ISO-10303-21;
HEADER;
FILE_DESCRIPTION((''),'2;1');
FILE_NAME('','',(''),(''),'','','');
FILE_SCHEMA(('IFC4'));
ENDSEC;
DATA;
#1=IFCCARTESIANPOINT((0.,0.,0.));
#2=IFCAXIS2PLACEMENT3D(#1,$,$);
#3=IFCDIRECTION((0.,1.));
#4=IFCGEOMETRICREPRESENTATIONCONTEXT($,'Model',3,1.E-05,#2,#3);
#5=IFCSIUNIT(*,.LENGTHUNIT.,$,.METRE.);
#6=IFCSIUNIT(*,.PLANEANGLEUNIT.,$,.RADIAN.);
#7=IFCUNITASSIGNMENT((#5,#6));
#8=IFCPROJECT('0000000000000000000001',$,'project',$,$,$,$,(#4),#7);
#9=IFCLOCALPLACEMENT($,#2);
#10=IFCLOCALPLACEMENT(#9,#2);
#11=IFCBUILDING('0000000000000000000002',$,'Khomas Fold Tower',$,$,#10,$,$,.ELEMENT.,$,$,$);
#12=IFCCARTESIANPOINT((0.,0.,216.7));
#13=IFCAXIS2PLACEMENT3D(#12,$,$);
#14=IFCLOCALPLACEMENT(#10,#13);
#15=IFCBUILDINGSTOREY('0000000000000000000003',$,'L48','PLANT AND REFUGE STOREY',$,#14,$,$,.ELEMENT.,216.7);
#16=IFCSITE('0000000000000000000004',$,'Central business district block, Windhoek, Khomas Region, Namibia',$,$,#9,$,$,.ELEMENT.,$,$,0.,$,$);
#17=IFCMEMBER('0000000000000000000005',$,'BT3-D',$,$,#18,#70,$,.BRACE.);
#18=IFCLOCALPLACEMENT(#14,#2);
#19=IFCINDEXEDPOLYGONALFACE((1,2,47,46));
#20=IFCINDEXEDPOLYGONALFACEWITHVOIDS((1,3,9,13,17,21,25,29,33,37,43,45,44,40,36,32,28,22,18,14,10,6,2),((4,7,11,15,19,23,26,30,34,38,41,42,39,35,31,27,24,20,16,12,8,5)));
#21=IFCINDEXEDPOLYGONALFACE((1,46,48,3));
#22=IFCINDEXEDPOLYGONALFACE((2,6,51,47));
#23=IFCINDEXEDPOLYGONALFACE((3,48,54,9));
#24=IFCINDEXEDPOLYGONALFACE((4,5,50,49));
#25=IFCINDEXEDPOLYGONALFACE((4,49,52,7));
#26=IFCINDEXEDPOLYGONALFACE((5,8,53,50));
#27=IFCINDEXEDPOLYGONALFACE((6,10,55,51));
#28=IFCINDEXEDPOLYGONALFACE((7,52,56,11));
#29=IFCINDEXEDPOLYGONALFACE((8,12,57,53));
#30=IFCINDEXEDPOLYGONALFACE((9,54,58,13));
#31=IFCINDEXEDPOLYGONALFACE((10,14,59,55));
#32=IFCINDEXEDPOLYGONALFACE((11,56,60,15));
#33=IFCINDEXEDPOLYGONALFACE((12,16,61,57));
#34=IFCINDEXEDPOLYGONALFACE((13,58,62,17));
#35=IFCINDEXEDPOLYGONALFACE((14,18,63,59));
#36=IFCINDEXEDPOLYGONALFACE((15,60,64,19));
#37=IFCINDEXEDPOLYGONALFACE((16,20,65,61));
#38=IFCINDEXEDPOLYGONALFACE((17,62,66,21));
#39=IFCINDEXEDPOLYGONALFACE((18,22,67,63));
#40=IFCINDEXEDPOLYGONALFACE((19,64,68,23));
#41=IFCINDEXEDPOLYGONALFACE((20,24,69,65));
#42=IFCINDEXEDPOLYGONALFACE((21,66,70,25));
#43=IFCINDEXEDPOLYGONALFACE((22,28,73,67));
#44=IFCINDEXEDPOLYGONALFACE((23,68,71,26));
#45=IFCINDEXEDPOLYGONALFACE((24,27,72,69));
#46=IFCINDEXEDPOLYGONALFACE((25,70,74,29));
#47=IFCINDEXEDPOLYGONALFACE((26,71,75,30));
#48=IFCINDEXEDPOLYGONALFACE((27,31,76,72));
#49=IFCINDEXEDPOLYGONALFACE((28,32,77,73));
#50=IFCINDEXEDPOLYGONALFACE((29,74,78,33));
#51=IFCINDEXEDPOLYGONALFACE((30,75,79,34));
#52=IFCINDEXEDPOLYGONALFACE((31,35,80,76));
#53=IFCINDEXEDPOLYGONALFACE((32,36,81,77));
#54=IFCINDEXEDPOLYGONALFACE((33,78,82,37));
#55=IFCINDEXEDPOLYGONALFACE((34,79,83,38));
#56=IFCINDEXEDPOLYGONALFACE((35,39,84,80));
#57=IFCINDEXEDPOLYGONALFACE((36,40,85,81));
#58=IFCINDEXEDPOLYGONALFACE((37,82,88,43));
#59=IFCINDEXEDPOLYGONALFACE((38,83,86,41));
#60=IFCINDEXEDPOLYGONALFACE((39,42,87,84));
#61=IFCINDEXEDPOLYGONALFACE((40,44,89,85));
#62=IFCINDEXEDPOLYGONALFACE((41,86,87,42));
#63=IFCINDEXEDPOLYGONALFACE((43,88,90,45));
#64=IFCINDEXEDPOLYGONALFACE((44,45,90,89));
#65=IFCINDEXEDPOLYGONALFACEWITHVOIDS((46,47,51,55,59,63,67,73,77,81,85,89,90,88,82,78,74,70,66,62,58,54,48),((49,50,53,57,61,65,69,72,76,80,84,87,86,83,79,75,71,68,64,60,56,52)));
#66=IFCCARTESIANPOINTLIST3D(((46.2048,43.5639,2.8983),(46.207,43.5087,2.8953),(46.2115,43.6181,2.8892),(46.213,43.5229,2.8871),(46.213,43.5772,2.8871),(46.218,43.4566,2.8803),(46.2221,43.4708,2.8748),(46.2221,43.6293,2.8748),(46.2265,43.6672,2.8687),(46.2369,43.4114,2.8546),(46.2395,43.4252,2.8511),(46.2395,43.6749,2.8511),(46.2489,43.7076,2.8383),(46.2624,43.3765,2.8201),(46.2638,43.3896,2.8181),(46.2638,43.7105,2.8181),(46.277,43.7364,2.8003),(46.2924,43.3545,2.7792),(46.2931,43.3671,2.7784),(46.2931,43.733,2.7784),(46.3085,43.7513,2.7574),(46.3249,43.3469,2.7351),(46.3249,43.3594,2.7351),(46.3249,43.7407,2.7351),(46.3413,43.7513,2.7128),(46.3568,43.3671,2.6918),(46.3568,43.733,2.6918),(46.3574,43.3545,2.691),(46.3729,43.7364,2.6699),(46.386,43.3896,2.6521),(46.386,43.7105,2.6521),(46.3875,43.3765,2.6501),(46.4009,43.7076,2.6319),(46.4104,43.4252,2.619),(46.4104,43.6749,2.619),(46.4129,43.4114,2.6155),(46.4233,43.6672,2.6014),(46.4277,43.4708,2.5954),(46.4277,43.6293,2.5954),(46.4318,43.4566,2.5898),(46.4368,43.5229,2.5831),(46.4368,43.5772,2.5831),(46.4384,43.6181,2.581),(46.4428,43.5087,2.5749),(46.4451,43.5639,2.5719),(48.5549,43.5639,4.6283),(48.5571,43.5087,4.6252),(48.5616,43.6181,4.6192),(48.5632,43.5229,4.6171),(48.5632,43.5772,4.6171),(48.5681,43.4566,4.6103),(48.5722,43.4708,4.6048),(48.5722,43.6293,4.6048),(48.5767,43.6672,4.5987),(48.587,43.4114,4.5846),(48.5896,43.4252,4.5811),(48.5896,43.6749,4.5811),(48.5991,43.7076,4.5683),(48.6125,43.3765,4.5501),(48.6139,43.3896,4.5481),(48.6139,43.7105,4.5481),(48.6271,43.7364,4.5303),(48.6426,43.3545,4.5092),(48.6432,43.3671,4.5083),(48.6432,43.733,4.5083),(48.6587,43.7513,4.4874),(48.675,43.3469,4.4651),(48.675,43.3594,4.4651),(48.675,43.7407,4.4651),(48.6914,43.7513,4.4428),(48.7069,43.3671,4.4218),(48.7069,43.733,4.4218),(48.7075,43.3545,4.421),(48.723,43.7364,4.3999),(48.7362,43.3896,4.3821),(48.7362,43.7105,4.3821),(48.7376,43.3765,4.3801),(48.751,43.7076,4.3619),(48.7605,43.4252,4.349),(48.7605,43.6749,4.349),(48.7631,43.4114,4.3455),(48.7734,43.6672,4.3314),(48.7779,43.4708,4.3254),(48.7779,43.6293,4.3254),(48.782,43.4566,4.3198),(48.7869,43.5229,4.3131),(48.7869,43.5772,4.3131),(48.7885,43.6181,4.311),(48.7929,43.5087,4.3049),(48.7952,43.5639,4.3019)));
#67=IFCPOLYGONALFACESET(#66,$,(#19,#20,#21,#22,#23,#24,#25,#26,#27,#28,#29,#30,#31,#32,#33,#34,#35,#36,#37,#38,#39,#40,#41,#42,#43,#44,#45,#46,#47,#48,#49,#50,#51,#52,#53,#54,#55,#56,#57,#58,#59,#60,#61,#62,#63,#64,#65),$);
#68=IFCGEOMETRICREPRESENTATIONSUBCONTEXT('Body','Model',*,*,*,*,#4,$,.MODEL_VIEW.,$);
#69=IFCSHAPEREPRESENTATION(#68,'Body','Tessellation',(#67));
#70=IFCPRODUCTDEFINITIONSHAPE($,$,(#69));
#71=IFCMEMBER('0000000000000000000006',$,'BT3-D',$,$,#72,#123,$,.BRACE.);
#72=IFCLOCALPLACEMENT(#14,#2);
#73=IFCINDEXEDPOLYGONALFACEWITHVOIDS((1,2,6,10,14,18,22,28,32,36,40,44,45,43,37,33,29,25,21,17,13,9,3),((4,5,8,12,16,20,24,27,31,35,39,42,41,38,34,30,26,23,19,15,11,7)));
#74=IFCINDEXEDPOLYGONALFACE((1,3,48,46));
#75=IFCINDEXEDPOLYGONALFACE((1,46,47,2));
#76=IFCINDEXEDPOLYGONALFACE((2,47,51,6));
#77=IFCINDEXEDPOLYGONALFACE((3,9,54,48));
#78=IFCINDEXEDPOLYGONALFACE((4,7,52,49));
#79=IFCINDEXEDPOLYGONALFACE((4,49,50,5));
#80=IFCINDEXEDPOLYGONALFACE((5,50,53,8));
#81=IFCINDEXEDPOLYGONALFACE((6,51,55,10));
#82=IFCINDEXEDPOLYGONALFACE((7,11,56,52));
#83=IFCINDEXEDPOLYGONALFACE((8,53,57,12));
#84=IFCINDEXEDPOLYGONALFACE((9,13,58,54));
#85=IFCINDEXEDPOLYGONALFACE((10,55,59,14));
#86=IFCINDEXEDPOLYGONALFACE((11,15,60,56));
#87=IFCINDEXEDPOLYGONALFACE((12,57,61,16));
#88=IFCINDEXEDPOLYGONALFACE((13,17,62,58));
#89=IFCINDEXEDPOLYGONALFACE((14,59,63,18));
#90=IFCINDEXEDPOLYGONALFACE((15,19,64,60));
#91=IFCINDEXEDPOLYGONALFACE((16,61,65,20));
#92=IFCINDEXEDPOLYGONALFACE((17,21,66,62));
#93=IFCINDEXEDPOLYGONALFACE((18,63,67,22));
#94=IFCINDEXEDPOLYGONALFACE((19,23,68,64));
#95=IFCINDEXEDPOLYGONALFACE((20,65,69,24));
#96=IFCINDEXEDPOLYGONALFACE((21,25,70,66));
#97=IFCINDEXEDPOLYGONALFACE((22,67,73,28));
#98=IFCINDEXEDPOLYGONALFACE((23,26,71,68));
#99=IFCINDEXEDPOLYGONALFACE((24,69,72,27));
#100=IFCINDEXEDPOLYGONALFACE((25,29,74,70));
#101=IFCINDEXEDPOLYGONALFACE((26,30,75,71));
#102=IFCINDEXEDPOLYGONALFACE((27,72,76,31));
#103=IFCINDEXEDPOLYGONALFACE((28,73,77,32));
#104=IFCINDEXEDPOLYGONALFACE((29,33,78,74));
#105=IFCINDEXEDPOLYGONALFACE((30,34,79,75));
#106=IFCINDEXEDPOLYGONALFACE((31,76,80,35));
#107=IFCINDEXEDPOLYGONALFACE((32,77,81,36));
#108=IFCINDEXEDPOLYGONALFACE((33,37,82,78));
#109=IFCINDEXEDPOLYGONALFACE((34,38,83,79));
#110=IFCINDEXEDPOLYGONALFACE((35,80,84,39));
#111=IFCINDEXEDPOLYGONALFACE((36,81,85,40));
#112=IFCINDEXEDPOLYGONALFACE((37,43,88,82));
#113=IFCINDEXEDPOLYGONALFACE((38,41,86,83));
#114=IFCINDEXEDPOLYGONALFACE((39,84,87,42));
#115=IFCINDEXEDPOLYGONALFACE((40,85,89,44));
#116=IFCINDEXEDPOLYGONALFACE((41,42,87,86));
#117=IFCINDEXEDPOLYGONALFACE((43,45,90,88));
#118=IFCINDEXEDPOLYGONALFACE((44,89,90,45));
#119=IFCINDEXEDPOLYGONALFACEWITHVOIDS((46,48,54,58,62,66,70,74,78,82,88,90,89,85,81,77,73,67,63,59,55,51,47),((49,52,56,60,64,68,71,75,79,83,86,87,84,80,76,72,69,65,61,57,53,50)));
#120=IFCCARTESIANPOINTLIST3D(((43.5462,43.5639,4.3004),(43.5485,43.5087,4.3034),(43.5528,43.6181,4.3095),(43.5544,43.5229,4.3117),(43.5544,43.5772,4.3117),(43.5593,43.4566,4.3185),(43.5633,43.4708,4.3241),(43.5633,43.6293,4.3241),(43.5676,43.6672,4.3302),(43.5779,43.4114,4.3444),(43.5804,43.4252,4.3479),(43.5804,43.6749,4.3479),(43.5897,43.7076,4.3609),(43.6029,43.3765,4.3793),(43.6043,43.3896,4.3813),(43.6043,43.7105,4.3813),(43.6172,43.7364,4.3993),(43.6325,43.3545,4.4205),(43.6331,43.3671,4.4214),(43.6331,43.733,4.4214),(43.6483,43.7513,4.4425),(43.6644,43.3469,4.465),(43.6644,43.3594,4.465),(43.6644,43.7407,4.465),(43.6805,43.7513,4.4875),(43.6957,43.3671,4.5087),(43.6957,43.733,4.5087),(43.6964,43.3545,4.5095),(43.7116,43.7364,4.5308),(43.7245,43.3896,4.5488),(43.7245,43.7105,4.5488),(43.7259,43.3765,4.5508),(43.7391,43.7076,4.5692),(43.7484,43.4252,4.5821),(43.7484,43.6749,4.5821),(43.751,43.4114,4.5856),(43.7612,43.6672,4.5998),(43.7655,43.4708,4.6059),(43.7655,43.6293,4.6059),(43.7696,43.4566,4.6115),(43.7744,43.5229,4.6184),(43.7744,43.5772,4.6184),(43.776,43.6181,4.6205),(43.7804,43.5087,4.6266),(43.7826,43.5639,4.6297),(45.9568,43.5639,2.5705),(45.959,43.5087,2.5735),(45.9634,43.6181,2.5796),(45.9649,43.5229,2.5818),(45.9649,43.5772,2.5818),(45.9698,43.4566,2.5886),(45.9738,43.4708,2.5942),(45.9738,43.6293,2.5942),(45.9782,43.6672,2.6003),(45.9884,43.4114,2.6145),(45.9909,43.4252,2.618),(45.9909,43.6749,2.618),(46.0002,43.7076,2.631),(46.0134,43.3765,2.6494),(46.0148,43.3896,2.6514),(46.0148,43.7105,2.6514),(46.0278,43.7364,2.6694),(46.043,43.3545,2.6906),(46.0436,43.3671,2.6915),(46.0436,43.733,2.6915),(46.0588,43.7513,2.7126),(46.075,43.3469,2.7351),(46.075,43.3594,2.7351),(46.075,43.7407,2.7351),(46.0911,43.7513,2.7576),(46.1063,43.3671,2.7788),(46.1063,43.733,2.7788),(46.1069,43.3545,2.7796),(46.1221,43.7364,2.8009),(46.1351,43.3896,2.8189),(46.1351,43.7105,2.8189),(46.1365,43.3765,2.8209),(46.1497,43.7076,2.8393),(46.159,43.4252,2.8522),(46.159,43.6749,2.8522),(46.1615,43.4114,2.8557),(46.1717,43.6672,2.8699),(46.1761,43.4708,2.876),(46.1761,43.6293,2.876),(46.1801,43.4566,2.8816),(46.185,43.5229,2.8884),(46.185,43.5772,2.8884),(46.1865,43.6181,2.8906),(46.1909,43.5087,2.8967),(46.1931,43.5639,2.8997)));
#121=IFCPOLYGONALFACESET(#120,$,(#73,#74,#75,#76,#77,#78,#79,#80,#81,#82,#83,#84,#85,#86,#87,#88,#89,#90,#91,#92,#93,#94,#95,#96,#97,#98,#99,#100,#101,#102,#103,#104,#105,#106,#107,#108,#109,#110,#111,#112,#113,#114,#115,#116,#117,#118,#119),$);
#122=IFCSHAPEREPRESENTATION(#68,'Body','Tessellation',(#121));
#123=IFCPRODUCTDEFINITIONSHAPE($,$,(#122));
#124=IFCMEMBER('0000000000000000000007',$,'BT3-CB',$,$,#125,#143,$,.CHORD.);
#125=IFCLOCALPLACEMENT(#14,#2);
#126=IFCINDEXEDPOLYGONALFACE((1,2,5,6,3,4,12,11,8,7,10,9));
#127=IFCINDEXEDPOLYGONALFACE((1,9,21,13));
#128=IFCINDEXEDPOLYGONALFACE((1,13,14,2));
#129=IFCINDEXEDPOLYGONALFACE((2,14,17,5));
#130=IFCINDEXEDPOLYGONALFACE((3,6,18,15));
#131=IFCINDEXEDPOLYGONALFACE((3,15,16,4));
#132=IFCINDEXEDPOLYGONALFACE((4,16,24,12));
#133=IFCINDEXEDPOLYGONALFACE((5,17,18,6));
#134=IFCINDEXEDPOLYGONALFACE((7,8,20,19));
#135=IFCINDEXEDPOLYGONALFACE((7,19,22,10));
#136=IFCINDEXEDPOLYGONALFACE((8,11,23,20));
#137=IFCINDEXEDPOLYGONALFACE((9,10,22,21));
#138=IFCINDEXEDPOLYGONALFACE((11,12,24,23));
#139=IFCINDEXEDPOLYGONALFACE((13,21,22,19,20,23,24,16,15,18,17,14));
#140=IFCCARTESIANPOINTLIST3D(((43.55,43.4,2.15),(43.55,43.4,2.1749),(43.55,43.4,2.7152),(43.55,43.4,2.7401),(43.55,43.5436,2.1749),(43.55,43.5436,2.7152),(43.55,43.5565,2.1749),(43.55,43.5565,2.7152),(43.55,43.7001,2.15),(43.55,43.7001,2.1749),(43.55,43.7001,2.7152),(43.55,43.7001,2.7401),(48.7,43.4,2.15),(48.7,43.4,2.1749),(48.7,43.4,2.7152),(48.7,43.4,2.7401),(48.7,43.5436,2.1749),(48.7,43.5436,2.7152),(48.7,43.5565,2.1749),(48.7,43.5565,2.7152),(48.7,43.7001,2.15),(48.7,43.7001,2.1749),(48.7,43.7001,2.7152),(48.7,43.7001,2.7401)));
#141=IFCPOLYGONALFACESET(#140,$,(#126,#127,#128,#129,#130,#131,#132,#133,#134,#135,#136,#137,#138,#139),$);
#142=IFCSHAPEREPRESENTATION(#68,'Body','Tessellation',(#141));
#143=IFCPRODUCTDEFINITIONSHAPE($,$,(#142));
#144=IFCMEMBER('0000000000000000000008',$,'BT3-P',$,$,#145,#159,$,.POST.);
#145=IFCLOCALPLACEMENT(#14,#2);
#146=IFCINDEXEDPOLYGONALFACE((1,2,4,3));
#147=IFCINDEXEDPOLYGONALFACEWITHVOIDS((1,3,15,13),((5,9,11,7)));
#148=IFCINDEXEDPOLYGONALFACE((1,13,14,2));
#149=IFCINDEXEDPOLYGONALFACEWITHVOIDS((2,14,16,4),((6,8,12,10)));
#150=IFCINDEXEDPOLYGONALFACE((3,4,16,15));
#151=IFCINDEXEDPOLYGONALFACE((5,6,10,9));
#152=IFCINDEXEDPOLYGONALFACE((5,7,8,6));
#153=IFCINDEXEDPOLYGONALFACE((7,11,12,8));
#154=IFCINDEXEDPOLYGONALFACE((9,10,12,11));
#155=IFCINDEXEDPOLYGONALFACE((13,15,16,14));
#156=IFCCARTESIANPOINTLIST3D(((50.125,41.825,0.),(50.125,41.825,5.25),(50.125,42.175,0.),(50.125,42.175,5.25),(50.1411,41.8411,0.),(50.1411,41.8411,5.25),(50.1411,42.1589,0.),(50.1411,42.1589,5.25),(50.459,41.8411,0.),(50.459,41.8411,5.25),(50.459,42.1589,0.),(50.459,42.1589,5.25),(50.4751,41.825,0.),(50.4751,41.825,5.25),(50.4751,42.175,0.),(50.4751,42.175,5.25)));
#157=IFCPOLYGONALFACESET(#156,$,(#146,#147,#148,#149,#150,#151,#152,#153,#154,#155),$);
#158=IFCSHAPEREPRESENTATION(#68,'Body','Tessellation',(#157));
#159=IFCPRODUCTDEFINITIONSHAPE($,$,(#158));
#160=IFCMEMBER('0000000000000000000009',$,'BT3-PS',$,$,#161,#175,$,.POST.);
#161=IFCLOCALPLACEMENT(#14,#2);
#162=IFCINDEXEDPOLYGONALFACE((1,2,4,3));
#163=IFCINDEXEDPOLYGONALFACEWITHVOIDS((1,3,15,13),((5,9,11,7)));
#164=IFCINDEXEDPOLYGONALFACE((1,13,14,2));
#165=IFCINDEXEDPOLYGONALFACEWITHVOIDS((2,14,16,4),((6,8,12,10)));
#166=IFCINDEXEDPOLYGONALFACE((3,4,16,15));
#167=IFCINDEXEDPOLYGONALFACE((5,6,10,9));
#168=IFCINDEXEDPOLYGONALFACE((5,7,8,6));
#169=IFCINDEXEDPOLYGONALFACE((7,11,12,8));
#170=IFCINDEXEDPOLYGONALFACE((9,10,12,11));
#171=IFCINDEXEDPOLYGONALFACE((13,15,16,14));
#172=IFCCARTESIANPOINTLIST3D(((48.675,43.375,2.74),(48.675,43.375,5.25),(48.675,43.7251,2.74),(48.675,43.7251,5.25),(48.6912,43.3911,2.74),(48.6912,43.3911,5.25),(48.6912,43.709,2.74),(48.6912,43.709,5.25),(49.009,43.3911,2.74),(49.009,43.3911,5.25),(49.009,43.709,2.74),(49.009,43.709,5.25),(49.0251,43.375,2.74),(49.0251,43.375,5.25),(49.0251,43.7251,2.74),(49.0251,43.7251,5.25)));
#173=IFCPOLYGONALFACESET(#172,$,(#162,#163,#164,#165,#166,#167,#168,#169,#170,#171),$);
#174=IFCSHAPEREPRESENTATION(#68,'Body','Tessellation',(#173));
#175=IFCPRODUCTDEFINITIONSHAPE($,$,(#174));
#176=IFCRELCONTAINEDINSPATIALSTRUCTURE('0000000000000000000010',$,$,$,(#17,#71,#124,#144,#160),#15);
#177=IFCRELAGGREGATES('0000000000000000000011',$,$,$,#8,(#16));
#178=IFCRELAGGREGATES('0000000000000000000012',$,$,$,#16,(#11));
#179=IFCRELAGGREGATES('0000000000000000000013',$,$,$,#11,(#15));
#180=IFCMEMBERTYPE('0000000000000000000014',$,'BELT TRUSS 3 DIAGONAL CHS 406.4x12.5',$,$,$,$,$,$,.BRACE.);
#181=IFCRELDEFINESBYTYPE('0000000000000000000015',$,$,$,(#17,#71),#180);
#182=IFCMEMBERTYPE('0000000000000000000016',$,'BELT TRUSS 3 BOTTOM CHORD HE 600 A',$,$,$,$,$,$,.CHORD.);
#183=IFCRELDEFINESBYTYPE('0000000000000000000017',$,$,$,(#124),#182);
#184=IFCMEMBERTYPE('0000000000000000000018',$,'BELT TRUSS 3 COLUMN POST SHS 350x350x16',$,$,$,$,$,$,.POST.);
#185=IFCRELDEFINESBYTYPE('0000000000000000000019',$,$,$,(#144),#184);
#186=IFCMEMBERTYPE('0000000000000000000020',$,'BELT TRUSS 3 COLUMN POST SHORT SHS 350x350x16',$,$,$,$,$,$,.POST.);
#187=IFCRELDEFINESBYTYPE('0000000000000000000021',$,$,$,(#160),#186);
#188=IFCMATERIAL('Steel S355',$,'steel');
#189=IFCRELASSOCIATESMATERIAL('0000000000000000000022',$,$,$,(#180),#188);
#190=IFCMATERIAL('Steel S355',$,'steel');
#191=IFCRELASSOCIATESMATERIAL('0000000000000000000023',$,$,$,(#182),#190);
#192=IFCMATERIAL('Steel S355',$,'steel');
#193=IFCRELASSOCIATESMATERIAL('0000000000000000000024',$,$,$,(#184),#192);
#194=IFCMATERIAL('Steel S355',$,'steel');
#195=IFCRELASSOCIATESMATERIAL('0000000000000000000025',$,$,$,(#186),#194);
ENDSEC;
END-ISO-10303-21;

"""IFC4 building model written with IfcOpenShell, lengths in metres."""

from ifc_helpers import new_model, si_unit, direction, frame, origin, origin_2d, place, context, subcontext, project, spatial, hollow_rectangle, hollow_circle, i_section, extrude, source, transform, mapped, material, material_profile, profile_set, type_object, element, save


model = new_model("IFC4")

# Units and contexts
model_context = context("Model", 3, precision=1e-05, world=origin(), true_north=direction((0.0, 1.0)))
body_context = subcontext(model_context, "Body", "Model", "MODEL_VIEW")
ifc_project = project(units=[si_unit("LENGTHUNIT", "METRE"), si_unit("PLANEANGLEUNIT", "RADIAN")], contexts=[model_context])

# Site, building, storey
site_placement = place(None, origin())
site = spatial("IfcSite", under=ifc_project, at=site_placement, Name="Central business district block, Windhoek, Khomas Region, Namibia", CompositionType="ELEMENT", RefElevation=0.0)
building_placement = place(site_placement, origin())
building = spatial("IfcBuilding", under=site, at=building_placement, Name="Khomas Fold Tower", CompositionType="ELEMENT")
storey_placement = place(building_placement, frame((0.0, 0.0, 216.7)))
storey = spatial("IfcBuildingStorey", under=building, at=storey_placement, Name="L48", Description="PLANT AND REFUGE STOREY", CompositionType="ELEMENT", Elevation=216.7)

# Members
ifc_material_1 = material(Name="Steel S355", Category="steel")
ifc_material_profile_1 = material_profile(ifc_material_1, hollow_circle(Radius=0.2031, WallThickness=0.0125, at=origin_2d()), Name="CHS 406.4x12.5")
ifc_profile_set_1 = profile_set([ifc_material_profile_1], Name="Steel S355")
member_type_1 = type_object("IfcMemberType", Name="BELT TRUSS 3 DIAGONAL CHS 406.4x12.5", PredefinedType="BRACE", material=ifc_profile_set_1)
shared_shape_1 = source(origin(), body_context, "Body", "SweptSolid", [
    extrude(hollow_circle(Radius=0.2031, WallThickness=0.0125, at=origin_2d()), origin(), (0.0, 0.0, 1.0), 2.9182),
])
member_1_placement = place(storey_placement, frame((48.675, 43.55, 4.4651), z_axis=(-0.805329, 0.0, -0.592828), x_axis=(0.0, -1.0, 0.0)))
element("IfcMember", 1, at=member_1_placement, inside=storey, type_object=member_type_1, Name="BT3-D", PredefinedType="BRACE", context=body_context, shape_type="MappedRepresentation", body=[
    mapped(shared_shape_1, transform((0.0, 0.0, 0.0))),
])
shared_shape_2 = source(origin(), body_context, "Body", "SweptSolid", [
    extrude(hollow_circle(Radius=0.2031, WallThickness=0.0125, at=origin_2d()), origin(), (0.0, 0.0, 1.0), 2.967),
])
member_2_placement = place(storey_placement, frame((46.075, 43.55, 2.7351), z_axis=(-0.812442, 0.0, 0.583042), x_axis=(0.0, -1.0, 0.0)))
element("IfcMember", 2, at=member_2_placement, inside=storey, type_object=member_type_1, Name="BT3-D", PredefinedType="BRACE", context=body_context, shape_type="MappedRepresentation", body=[
    mapped(shared_shape_2, transform((0.0, 0.0, 0.0))),
])
ifc_material_2 = material(Name="Steel S355", Category="steel")
ifc_material_profile_2 = material_profile(ifc_material_2, i_section(OverallWidth=0.3, OverallDepth=0.5901, WebThickness=0.0129, FlangeThickness=0.0249, at=origin_2d()), Name="HE 600 A")
ifc_profile_set_2 = profile_set([ifc_material_profile_2], Name="Steel S355")
member_type_2 = type_object("IfcMemberType", Name="BELT TRUSS 3 BOTTOM CHORD HE 600 A", PredefinedType="CHORD", material=ifc_profile_set_2)
shared_shape_3 = source(origin(), body_context, "Body", "SweptSolid", [
    extrude(i_section(OverallWidth=0.3, OverallDepth=0.5901, WebThickness=0.0129, FlangeThickness=0.0249, at=origin_2d()), origin(), (0.0, 0.0, 1.0), 5.1499),
])
member_3_placement = place(storey_placement, frame((48.7, 43.55, 2.4451), z_axis=(-1.0, 0.0, 0.0), x_axis=(0.0, -1.0, 0.0)))
element("IfcMember", 3, at=member_3_placement, inside=storey, type_object=member_type_2, Name="BT3-CB", PredefinedType="CHORD", context=body_context, shape_type="MappedRepresentation", body=[
    mapped(shared_shape_3, transform((0.0, 0.0, 0.0))),
])
ifc_material_3 = material(Name="Steel S355", Category="steel")
ifc_material_profile_3 = material_profile(ifc_material_3, hollow_rectangle(XDim=0.3501, YDim=0.3501, WallThickness=0.0161, at=origin_2d()), Name="SHS 350x350x16")
ifc_profile_set_3 = profile_set([ifc_material_profile_3], Name="Steel S355")
member_type_3 = type_object("IfcMemberType", Name="BELT TRUSS 3 COLUMN POST SHS 350x350x16", PredefinedType="POST", material=ifc_profile_set_3)
shared_shape_4 = source(origin(), body_context, "Body", "SweptSolid", [
    extrude(hollow_rectangle(XDim=0.3501, YDim=0.3501, WallThickness=0.0161, at=origin_2d()), origin(), (0.0, 0.0, 1.0), 5.25),
])
member_4_placement = place(storey_placement, frame((50.3, 42.0, 0.0), z_axis=(0.0, 0.0, 1.0), x_axis=(1.0, 0.0, 0.0)))
element("IfcMember", 4, at=member_4_placement, inside=storey, type_object=member_type_3, Name="BT3-P", PredefinedType="POST", context=body_context, shape_type="MappedRepresentation", body=[
    mapped(shared_shape_4, transform((0.0, 0.0, 0.0))),
])
ifc_material_4 = material(Name="Steel S355", Category="steel")
ifc_material_profile_4 = material_profile(ifc_material_4, hollow_rectangle(XDim=0.3501, YDim=0.3501, WallThickness=0.0161, at=origin_2d()), Name="SHS 350x350x16")
ifc_profile_set_4 = profile_set([ifc_material_profile_4], Name="Steel S355")
member_type_4 = type_object("IfcMemberType", Name="BELT TRUSS 3 COLUMN POST SHORT SHS 350x350x16", PredefinedType="POST", material=ifc_profile_set_4)
shared_shape_5 = source(origin(), body_context, "Body", "SweptSolid", [
    extrude(hollow_rectangle(XDim=0.3501, YDim=0.3501, WallThickness=0.0161, at=origin_2d()), origin(), (0.0, 0.0, 1.0), 2.51),
])
member_5_placement = place(storey_placement, frame((48.8501, 43.55, 2.74), z_axis=(0.0, 0.0, 1.0), x_axis=(1.0, 0.0, 0.0)))
element("IfcMember", 5, at=member_5_placement, inside=storey, type_object=member_type_4, Name="BT3-PS", PredefinedType="POST", context=body_context, shape_type="MappedRepresentation", body=[
    mapped(shared_shape_5, transform((0.0, 0.0, 0.0))),
])

save(model, "model.ifc")
